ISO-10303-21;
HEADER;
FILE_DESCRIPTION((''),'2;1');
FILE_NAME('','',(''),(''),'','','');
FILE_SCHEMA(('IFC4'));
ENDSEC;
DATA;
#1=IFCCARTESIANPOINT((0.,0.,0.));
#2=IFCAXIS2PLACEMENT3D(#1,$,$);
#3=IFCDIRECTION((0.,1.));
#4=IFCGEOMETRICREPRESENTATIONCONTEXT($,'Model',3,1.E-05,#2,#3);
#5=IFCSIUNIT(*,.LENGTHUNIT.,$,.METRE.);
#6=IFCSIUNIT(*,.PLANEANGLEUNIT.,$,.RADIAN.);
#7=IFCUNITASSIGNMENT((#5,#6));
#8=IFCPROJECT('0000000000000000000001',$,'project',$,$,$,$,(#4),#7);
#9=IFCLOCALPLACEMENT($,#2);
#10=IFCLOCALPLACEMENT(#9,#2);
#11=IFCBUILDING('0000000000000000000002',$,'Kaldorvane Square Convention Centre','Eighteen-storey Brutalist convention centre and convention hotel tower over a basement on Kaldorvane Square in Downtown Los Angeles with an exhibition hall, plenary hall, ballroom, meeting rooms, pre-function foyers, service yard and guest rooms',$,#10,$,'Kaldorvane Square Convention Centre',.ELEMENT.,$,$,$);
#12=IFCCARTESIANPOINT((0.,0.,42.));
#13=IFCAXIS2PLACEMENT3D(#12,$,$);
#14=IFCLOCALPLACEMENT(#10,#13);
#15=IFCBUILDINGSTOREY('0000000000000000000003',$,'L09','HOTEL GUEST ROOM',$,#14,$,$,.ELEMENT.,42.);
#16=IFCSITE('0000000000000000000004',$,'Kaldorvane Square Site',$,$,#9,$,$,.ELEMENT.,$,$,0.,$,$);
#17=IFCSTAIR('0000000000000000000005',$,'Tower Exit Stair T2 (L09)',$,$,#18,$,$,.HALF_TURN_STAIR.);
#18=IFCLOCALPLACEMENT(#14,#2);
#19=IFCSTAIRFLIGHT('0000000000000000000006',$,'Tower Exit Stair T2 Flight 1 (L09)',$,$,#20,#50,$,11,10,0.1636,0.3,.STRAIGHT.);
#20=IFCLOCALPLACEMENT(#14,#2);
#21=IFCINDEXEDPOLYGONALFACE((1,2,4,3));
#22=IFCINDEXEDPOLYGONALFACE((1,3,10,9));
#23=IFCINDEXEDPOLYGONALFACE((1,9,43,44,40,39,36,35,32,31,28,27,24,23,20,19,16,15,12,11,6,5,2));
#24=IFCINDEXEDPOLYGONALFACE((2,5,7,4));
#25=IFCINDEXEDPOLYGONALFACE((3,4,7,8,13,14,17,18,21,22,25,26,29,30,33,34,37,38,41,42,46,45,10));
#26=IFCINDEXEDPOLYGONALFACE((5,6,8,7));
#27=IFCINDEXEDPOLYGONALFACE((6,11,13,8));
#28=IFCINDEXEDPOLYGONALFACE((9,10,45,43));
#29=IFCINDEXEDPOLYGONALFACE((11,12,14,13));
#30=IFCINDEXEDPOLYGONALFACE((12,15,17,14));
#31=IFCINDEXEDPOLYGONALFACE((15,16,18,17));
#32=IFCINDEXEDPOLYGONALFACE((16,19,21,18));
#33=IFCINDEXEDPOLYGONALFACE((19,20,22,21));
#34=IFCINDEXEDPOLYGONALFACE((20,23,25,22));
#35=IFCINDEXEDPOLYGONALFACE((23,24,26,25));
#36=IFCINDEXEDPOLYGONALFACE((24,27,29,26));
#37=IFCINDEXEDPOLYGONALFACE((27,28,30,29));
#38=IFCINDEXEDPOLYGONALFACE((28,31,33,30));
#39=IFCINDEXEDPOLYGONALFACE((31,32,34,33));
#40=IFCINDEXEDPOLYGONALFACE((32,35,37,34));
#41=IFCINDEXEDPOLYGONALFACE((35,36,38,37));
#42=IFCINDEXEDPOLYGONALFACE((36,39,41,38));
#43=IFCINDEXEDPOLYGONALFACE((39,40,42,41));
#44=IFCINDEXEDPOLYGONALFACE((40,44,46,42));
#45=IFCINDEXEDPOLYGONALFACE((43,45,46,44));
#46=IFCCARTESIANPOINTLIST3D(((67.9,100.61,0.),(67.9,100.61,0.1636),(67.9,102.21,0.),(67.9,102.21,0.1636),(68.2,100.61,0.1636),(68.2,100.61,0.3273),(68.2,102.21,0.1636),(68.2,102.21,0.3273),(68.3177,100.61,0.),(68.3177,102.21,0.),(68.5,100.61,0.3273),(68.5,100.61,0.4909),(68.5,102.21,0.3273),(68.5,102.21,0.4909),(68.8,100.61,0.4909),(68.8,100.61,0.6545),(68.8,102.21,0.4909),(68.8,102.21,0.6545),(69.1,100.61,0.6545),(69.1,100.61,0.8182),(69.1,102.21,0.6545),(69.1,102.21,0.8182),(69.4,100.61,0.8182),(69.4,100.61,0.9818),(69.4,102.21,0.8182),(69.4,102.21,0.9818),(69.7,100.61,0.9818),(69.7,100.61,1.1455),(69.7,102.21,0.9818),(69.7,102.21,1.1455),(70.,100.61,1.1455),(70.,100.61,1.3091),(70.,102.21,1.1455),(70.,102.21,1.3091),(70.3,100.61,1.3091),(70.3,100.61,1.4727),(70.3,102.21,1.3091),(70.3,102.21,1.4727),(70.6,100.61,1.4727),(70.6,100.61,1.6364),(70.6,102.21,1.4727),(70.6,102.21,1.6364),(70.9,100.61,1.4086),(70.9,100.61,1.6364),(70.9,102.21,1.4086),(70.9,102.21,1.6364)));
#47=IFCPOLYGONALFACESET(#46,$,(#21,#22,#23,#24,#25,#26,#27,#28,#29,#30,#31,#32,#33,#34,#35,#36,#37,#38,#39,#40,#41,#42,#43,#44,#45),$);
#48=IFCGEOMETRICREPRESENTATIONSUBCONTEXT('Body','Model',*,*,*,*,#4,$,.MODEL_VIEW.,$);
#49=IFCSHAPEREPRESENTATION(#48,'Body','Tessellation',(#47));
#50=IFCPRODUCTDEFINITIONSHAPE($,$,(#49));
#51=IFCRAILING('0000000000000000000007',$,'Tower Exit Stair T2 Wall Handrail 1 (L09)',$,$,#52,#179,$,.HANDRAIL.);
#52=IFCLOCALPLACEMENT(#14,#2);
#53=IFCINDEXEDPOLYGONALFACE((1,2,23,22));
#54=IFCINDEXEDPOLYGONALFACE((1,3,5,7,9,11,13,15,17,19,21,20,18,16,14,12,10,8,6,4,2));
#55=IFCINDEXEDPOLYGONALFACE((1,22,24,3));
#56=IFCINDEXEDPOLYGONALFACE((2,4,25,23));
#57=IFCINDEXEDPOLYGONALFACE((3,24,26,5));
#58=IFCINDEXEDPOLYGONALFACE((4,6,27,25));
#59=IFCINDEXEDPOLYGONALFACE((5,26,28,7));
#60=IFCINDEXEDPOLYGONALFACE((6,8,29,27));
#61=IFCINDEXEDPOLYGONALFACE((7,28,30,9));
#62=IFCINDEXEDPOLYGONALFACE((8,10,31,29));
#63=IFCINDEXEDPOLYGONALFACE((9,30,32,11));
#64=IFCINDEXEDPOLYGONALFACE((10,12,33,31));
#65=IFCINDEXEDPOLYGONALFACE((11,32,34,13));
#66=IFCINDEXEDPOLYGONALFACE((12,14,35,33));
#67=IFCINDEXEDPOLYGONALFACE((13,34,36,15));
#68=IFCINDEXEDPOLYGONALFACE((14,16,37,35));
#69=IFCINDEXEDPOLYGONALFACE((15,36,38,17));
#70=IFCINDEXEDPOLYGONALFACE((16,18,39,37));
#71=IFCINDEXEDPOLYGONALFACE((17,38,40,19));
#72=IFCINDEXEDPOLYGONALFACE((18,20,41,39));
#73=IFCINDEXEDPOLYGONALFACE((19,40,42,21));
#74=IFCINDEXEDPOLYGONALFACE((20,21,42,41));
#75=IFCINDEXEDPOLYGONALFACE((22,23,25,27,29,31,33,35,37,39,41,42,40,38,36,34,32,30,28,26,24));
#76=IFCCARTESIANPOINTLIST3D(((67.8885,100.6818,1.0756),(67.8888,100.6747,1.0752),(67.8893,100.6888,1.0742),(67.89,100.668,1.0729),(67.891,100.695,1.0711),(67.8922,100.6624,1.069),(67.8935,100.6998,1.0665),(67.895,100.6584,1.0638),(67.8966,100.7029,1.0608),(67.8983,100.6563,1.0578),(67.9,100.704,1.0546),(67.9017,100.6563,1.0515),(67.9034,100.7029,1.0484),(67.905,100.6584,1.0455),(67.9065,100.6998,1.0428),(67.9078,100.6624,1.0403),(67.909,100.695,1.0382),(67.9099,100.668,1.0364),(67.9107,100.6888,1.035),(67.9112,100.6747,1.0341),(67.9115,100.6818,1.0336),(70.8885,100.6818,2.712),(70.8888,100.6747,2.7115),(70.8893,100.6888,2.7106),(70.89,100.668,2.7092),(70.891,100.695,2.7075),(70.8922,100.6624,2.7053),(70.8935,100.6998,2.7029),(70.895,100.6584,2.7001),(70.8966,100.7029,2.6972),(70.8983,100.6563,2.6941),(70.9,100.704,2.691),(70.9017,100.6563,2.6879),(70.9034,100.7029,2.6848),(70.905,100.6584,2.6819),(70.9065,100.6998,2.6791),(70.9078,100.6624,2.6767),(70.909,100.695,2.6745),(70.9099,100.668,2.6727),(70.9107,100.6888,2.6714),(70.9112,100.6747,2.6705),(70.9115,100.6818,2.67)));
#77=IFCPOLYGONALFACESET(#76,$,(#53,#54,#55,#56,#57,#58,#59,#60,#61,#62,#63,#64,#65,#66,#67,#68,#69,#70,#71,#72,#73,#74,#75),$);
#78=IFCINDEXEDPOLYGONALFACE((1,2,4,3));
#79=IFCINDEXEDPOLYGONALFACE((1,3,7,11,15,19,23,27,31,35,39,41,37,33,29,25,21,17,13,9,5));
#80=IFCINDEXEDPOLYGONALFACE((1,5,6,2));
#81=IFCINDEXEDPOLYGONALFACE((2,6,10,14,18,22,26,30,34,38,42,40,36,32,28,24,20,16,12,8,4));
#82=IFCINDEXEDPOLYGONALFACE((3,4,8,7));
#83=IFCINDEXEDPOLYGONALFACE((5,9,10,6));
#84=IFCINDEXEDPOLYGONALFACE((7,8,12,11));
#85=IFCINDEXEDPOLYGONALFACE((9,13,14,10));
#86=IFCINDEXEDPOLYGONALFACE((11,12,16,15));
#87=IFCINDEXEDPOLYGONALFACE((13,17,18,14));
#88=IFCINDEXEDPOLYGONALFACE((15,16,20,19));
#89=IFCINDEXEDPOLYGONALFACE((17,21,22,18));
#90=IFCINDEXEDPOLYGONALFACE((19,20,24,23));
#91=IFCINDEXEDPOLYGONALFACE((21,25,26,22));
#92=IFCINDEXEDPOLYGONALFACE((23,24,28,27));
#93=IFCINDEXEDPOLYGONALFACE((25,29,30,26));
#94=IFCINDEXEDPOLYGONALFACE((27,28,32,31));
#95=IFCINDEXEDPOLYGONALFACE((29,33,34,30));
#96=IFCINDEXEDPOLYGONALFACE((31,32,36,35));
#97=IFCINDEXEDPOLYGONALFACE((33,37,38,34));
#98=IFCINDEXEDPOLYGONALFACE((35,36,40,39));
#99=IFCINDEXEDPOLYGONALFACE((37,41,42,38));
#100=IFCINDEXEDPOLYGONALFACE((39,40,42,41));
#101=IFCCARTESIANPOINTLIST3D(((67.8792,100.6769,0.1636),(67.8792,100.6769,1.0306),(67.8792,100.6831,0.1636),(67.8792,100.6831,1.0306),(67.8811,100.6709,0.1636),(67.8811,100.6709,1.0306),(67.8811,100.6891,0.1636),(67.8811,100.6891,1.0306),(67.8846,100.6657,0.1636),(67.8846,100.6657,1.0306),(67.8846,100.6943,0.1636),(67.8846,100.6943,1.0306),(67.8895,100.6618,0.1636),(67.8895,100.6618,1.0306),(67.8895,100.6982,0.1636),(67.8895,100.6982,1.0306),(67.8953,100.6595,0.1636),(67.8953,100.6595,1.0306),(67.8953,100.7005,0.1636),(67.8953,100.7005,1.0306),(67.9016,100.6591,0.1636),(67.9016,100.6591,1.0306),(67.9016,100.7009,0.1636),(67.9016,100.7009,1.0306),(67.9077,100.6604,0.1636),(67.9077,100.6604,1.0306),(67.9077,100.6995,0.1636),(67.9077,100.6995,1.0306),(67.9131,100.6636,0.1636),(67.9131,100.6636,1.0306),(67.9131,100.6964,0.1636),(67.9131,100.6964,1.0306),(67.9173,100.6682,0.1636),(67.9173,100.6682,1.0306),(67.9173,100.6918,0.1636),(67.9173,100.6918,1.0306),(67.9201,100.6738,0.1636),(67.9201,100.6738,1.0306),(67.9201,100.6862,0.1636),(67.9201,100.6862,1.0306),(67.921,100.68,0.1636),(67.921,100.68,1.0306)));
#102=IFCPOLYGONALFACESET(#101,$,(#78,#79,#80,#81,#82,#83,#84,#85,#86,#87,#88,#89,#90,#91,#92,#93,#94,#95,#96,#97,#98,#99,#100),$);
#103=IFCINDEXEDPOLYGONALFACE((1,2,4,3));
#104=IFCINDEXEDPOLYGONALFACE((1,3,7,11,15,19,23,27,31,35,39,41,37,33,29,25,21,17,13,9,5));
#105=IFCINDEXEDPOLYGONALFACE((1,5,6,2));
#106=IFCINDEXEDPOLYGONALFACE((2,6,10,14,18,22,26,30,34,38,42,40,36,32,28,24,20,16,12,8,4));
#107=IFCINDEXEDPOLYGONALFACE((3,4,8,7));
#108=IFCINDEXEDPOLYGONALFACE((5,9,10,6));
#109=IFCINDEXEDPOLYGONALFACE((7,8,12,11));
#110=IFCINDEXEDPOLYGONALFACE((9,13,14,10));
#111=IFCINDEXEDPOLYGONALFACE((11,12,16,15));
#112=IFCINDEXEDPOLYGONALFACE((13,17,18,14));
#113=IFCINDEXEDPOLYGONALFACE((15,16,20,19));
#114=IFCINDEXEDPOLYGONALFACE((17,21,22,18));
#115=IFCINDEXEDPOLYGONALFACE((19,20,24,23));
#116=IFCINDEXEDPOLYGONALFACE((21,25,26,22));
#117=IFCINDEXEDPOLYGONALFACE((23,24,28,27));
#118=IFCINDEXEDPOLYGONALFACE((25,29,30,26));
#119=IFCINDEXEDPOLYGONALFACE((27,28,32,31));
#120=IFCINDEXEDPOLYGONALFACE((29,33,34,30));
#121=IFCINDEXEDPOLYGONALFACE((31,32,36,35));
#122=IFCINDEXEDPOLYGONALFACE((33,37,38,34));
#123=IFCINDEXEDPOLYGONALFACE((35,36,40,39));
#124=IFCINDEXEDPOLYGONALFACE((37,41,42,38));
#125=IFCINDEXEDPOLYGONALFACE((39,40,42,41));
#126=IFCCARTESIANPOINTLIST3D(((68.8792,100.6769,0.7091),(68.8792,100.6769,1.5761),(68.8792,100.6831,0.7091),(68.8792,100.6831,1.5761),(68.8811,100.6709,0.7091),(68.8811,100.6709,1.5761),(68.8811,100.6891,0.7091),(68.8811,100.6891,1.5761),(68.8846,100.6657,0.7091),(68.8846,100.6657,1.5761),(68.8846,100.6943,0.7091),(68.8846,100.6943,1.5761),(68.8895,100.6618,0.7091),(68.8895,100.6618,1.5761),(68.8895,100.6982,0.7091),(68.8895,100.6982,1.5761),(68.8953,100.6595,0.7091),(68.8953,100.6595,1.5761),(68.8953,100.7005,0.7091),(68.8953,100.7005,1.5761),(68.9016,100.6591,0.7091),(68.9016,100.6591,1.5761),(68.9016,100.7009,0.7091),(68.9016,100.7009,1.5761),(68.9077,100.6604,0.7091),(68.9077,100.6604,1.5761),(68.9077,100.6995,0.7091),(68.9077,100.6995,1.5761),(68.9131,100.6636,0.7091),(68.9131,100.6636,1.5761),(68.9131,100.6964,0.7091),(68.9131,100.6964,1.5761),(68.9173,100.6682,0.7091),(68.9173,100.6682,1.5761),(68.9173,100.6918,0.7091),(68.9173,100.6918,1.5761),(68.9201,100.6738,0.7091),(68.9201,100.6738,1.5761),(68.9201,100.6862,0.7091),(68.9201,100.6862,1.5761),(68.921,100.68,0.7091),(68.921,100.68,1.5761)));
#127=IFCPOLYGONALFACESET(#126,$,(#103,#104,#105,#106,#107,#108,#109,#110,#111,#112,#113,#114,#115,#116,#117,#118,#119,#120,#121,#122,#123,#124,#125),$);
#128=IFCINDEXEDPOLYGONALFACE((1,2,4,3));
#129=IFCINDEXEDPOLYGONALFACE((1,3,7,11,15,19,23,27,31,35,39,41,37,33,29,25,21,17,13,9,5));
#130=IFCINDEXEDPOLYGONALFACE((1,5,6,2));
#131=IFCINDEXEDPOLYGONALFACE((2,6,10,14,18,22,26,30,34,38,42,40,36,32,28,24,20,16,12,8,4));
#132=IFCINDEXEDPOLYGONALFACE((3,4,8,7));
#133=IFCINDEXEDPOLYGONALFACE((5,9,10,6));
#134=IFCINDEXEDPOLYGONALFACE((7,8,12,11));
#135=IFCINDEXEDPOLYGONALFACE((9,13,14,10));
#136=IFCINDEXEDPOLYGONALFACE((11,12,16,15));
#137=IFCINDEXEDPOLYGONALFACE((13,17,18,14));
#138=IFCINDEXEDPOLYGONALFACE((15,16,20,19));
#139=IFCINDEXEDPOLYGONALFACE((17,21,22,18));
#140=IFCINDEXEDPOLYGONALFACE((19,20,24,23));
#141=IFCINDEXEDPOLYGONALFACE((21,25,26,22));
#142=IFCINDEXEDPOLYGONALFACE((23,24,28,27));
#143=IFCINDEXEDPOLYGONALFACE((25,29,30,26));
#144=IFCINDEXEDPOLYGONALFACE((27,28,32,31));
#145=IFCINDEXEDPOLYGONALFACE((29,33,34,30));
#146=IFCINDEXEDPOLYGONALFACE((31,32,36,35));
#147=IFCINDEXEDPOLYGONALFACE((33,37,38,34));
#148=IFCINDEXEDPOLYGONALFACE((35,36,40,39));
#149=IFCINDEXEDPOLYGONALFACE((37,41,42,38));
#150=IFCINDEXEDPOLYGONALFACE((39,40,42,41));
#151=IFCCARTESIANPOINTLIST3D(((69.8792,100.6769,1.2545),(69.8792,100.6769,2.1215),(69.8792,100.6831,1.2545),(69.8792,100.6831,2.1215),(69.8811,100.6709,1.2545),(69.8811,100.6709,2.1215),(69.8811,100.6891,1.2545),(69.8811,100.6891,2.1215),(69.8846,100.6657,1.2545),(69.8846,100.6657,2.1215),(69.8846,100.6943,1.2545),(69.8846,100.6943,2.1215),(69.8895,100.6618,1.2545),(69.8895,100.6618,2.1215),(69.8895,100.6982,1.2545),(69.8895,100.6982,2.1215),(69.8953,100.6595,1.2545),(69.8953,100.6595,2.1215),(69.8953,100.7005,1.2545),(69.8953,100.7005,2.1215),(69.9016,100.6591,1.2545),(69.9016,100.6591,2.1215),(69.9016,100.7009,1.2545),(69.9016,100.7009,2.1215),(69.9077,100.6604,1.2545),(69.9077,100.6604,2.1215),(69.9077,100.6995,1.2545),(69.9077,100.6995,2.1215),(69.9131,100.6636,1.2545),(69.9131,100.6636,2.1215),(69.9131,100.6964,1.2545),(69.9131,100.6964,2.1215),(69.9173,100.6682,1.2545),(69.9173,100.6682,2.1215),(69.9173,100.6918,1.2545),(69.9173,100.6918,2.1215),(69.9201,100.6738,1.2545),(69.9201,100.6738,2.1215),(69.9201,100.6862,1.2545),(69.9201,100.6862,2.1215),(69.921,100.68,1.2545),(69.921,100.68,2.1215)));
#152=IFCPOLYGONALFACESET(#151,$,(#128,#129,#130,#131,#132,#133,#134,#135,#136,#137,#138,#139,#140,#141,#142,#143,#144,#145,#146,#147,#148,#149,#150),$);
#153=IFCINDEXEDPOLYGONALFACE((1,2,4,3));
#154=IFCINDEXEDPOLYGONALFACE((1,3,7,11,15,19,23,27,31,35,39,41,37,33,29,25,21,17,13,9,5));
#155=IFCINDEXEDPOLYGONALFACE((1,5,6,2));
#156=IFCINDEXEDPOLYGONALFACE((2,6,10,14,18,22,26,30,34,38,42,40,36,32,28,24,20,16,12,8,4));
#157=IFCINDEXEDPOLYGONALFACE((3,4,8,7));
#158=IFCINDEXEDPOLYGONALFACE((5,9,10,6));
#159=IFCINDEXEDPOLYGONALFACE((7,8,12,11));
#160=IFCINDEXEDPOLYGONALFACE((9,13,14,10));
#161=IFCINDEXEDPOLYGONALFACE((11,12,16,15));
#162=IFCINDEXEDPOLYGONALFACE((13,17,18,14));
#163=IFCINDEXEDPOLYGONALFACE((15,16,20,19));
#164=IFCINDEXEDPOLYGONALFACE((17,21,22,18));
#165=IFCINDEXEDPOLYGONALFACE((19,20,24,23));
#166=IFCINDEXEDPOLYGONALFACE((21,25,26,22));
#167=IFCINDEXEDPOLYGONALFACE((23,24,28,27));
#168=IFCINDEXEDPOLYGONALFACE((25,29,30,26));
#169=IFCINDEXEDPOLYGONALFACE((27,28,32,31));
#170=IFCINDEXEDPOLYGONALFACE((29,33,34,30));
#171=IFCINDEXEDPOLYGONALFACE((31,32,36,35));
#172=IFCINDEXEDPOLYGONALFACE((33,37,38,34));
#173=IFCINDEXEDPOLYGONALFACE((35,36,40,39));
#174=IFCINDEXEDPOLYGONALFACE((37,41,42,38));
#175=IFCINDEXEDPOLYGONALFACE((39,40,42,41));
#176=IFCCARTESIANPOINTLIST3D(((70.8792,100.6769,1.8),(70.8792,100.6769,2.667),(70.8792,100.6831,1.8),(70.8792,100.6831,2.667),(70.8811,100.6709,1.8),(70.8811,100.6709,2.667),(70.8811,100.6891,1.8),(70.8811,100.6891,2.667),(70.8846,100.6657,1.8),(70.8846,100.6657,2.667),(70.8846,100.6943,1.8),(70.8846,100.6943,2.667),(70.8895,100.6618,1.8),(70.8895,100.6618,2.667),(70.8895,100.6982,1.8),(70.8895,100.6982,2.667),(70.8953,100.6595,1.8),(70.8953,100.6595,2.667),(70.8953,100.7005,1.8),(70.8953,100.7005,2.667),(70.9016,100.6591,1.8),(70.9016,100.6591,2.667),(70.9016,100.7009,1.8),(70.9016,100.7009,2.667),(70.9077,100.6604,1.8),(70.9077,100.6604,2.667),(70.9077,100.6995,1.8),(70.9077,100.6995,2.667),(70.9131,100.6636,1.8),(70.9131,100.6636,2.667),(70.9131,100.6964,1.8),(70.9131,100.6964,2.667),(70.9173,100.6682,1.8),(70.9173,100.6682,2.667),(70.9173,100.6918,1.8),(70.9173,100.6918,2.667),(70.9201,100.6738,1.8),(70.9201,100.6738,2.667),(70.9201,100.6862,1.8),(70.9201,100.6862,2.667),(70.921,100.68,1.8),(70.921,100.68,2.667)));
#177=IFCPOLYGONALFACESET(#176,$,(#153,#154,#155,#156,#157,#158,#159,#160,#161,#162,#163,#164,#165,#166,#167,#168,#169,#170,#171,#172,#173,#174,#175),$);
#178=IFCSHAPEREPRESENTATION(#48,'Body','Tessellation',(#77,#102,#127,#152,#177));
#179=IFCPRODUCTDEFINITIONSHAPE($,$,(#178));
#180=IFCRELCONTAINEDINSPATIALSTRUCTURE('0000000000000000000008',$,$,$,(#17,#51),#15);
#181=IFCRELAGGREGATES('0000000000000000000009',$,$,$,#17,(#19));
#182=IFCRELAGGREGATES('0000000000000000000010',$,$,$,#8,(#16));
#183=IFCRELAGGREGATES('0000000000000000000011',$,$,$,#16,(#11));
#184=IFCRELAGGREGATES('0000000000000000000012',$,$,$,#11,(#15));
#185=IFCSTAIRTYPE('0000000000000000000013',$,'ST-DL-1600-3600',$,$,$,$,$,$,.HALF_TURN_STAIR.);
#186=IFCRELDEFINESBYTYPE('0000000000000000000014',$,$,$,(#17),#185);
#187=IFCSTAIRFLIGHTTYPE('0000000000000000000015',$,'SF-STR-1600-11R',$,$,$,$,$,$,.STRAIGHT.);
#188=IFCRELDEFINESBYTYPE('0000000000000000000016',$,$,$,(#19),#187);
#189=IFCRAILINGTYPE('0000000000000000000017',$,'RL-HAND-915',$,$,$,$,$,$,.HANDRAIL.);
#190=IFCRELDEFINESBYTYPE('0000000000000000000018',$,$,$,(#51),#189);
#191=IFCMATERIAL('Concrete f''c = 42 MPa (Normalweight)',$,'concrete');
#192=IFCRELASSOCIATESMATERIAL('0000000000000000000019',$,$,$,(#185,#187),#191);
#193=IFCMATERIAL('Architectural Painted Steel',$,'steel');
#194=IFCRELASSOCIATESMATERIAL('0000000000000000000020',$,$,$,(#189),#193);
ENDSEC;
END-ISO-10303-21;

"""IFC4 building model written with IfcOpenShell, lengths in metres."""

from ifc_helpers import new_model, si_unit, direction, frame, origin, origin_2d, place, context, subcontext, project, spatial, polyline, circle, outline, extrude, material, type_object, element, aggregate, save


model = new_model("IFC4")

# Units and contexts
model_context = context("Model", 3, precision=1e-05, world=origin(), true_north=direction((0.0, 1.0)))
body_context = subcontext(model_context, "Body", "Model", "MODEL_VIEW")
ifc_project = project(units=[si_unit("LENGTHUNIT", "METRE"), si_unit("PLANEANGLEUNIT", "RADIAN")], contexts=[model_context])

# Site, building, storey
site_placement = place(None, origin())
site = spatial("IfcSite", under=ifc_project, at=site_placement, Name="Kaldorvane Square Site", CompositionType="ELEMENT", RefElevation=0.0)
building_placement = place(site_placement, origin())
building = spatial("IfcBuilding", under=site, at=building_placement, Name="Kaldorvane Square Convention Centre", Description="Eighteen-storey Brutalist convention centre and convention hotel tower over a basement on Kaldorvane Square in Downtown Los Angeles with an exhibition hall, plenary hall, ballroom, meeting rooms, pre-function foyers, service yard and guest rooms", LongName="Kaldorvane Square Convention Centre", CompositionType="ELEMENT")
storey_placement = place(building_placement, frame((0.0, 0.0, 42.0)))
storey = spatial("IfcBuildingStorey", under=building, at=storey_placement, Name="L09", Description="HOTEL GUEST ROOM", CompositionType="ELEMENT", Elevation=42.0)

# Shared definitions
ifc_material_1 = material(Name="Concrete f'c = 42 MPa (Normalweight)", Category="concrete")

# Stair, stair flight
stair_type = type_object("IfcStairType", Name="ST-DL-1600-3600", PredefinedType="HALF_TURN_STAIR", material=ifc_material_1)
stair_placement = place(storey_placement, origin())
stair = element("IfcStair", 1, at=stair_placement, inside=storey, type_object=stair_type, Name="Tower Exit Stair T2 (L09)", PredefinedType="HALF_TURN_STAIR")
stair_flight_type = type_object("IfcStairFlightType", Name="SF-STR-1600-11R", PredefinedType="STRAIGHT", material=ifc_material_1)
stair_flight_placement = place(storey_placement, frame((67.9, 101.41, 0.0), z_axis=(0.0, 0.0, 1.0), x_axis=(1.0, 0.0, 0.0)))
stair_flight = element("IfcStairFlight", 2, at=stair_flight_placement, type_object=stair_flight_type, Name="Tower Exit Stair T2 Flight 1 (L09)", NumberOfRisers=11, NumberOfTreads=10, PredefinedType="STRAIGHT", RiserHeight=0.1636, TreadLength=0.3, context=body_context, shape_type="SweptSolid", body=[
    extrude(outline(polyline([(0.0, 0.0), (0.0, 0.1636), (0.3, 0.1636), (0.3, 0.3273), (0.6, 0.3273), (0.6, 0.4909), (0.9, 0.4909), (0.9, 0.6545), (1.2, 0.6545), (1.2, 0.8182), (1.5, 0.8182), (1.5, 0.9818), (1.8, 0.9818), (1.8, 1.1455), (2.1, 1.1455), (2.1, 1.3091), (2.4, 1.3091), (2.4, 1.4727), (2.7, 1.4727), (2.7, 1.6364), (3.0, 1.6364), (3.0, 1.8), (3.0, 1.4086), (0.4177, 0.0), (0.0, 0.0)])), frame((0.0, 0.8, 0.0), z_axis=(0.0, -1.0, 0.0), x_axis=(1.0, 0.0, 0.0)), (0.0, 0.0, 1.0), 1.6),
])
aggregate(stair, [stair_flight])

# Railing
ifc_material_2 = material(Name="Architectural Painted Steel", Category="steel")
railing_type = type_object("IfcRailingType", Name="RL-HAND-915", PredefinedType="HANDRAIL", material=ifc_material_2)
railing_placement = place(storey_placement, frame((67.9, 100.68, 0.1636)))
element("IfcRailing", 3, at=railing_placement, inside=storey, type_object=railing_type, Name="Tower Exit Stair T2 Wall Handrail 1 (L09)", PredefinedType="HANDRAIL", context=body_context, shape_type="SweptSolid", body=[
    extrude(circle(Radius=0.024, at=origin_2d()), frame((0.0, 0.0, 0.891), z_axis=(0.877895, 0.0, 0.478853), x_axis=(0.0, 1.0, 0.0)), (0.0, 0.0, 1.0), 3.4173),
    extrude(circle(Radius=0.021, at=origin_2d()), origin(), (0.0, 0.0, 1.0), 0.867),
    extrude(circle(Radius=0.021, at=origin_2d()), frame((1.0, 0.0, 0.5455)), (0.0, 0.0, 1.0), 0.867),
    extrude(circle(Radius=0.021, at=origin_2d()), frame((2.0, 0.0, 1.0909)), (0.0, 0.0, 1.0), 0.867),
    extrude(circle(Radius=0.021, at=origin_2d()), frame((3.0, 0.0, 1.6364)), (0.0, 0.0, 1.0), 0.867),
])

save(model, "model.ifc")
